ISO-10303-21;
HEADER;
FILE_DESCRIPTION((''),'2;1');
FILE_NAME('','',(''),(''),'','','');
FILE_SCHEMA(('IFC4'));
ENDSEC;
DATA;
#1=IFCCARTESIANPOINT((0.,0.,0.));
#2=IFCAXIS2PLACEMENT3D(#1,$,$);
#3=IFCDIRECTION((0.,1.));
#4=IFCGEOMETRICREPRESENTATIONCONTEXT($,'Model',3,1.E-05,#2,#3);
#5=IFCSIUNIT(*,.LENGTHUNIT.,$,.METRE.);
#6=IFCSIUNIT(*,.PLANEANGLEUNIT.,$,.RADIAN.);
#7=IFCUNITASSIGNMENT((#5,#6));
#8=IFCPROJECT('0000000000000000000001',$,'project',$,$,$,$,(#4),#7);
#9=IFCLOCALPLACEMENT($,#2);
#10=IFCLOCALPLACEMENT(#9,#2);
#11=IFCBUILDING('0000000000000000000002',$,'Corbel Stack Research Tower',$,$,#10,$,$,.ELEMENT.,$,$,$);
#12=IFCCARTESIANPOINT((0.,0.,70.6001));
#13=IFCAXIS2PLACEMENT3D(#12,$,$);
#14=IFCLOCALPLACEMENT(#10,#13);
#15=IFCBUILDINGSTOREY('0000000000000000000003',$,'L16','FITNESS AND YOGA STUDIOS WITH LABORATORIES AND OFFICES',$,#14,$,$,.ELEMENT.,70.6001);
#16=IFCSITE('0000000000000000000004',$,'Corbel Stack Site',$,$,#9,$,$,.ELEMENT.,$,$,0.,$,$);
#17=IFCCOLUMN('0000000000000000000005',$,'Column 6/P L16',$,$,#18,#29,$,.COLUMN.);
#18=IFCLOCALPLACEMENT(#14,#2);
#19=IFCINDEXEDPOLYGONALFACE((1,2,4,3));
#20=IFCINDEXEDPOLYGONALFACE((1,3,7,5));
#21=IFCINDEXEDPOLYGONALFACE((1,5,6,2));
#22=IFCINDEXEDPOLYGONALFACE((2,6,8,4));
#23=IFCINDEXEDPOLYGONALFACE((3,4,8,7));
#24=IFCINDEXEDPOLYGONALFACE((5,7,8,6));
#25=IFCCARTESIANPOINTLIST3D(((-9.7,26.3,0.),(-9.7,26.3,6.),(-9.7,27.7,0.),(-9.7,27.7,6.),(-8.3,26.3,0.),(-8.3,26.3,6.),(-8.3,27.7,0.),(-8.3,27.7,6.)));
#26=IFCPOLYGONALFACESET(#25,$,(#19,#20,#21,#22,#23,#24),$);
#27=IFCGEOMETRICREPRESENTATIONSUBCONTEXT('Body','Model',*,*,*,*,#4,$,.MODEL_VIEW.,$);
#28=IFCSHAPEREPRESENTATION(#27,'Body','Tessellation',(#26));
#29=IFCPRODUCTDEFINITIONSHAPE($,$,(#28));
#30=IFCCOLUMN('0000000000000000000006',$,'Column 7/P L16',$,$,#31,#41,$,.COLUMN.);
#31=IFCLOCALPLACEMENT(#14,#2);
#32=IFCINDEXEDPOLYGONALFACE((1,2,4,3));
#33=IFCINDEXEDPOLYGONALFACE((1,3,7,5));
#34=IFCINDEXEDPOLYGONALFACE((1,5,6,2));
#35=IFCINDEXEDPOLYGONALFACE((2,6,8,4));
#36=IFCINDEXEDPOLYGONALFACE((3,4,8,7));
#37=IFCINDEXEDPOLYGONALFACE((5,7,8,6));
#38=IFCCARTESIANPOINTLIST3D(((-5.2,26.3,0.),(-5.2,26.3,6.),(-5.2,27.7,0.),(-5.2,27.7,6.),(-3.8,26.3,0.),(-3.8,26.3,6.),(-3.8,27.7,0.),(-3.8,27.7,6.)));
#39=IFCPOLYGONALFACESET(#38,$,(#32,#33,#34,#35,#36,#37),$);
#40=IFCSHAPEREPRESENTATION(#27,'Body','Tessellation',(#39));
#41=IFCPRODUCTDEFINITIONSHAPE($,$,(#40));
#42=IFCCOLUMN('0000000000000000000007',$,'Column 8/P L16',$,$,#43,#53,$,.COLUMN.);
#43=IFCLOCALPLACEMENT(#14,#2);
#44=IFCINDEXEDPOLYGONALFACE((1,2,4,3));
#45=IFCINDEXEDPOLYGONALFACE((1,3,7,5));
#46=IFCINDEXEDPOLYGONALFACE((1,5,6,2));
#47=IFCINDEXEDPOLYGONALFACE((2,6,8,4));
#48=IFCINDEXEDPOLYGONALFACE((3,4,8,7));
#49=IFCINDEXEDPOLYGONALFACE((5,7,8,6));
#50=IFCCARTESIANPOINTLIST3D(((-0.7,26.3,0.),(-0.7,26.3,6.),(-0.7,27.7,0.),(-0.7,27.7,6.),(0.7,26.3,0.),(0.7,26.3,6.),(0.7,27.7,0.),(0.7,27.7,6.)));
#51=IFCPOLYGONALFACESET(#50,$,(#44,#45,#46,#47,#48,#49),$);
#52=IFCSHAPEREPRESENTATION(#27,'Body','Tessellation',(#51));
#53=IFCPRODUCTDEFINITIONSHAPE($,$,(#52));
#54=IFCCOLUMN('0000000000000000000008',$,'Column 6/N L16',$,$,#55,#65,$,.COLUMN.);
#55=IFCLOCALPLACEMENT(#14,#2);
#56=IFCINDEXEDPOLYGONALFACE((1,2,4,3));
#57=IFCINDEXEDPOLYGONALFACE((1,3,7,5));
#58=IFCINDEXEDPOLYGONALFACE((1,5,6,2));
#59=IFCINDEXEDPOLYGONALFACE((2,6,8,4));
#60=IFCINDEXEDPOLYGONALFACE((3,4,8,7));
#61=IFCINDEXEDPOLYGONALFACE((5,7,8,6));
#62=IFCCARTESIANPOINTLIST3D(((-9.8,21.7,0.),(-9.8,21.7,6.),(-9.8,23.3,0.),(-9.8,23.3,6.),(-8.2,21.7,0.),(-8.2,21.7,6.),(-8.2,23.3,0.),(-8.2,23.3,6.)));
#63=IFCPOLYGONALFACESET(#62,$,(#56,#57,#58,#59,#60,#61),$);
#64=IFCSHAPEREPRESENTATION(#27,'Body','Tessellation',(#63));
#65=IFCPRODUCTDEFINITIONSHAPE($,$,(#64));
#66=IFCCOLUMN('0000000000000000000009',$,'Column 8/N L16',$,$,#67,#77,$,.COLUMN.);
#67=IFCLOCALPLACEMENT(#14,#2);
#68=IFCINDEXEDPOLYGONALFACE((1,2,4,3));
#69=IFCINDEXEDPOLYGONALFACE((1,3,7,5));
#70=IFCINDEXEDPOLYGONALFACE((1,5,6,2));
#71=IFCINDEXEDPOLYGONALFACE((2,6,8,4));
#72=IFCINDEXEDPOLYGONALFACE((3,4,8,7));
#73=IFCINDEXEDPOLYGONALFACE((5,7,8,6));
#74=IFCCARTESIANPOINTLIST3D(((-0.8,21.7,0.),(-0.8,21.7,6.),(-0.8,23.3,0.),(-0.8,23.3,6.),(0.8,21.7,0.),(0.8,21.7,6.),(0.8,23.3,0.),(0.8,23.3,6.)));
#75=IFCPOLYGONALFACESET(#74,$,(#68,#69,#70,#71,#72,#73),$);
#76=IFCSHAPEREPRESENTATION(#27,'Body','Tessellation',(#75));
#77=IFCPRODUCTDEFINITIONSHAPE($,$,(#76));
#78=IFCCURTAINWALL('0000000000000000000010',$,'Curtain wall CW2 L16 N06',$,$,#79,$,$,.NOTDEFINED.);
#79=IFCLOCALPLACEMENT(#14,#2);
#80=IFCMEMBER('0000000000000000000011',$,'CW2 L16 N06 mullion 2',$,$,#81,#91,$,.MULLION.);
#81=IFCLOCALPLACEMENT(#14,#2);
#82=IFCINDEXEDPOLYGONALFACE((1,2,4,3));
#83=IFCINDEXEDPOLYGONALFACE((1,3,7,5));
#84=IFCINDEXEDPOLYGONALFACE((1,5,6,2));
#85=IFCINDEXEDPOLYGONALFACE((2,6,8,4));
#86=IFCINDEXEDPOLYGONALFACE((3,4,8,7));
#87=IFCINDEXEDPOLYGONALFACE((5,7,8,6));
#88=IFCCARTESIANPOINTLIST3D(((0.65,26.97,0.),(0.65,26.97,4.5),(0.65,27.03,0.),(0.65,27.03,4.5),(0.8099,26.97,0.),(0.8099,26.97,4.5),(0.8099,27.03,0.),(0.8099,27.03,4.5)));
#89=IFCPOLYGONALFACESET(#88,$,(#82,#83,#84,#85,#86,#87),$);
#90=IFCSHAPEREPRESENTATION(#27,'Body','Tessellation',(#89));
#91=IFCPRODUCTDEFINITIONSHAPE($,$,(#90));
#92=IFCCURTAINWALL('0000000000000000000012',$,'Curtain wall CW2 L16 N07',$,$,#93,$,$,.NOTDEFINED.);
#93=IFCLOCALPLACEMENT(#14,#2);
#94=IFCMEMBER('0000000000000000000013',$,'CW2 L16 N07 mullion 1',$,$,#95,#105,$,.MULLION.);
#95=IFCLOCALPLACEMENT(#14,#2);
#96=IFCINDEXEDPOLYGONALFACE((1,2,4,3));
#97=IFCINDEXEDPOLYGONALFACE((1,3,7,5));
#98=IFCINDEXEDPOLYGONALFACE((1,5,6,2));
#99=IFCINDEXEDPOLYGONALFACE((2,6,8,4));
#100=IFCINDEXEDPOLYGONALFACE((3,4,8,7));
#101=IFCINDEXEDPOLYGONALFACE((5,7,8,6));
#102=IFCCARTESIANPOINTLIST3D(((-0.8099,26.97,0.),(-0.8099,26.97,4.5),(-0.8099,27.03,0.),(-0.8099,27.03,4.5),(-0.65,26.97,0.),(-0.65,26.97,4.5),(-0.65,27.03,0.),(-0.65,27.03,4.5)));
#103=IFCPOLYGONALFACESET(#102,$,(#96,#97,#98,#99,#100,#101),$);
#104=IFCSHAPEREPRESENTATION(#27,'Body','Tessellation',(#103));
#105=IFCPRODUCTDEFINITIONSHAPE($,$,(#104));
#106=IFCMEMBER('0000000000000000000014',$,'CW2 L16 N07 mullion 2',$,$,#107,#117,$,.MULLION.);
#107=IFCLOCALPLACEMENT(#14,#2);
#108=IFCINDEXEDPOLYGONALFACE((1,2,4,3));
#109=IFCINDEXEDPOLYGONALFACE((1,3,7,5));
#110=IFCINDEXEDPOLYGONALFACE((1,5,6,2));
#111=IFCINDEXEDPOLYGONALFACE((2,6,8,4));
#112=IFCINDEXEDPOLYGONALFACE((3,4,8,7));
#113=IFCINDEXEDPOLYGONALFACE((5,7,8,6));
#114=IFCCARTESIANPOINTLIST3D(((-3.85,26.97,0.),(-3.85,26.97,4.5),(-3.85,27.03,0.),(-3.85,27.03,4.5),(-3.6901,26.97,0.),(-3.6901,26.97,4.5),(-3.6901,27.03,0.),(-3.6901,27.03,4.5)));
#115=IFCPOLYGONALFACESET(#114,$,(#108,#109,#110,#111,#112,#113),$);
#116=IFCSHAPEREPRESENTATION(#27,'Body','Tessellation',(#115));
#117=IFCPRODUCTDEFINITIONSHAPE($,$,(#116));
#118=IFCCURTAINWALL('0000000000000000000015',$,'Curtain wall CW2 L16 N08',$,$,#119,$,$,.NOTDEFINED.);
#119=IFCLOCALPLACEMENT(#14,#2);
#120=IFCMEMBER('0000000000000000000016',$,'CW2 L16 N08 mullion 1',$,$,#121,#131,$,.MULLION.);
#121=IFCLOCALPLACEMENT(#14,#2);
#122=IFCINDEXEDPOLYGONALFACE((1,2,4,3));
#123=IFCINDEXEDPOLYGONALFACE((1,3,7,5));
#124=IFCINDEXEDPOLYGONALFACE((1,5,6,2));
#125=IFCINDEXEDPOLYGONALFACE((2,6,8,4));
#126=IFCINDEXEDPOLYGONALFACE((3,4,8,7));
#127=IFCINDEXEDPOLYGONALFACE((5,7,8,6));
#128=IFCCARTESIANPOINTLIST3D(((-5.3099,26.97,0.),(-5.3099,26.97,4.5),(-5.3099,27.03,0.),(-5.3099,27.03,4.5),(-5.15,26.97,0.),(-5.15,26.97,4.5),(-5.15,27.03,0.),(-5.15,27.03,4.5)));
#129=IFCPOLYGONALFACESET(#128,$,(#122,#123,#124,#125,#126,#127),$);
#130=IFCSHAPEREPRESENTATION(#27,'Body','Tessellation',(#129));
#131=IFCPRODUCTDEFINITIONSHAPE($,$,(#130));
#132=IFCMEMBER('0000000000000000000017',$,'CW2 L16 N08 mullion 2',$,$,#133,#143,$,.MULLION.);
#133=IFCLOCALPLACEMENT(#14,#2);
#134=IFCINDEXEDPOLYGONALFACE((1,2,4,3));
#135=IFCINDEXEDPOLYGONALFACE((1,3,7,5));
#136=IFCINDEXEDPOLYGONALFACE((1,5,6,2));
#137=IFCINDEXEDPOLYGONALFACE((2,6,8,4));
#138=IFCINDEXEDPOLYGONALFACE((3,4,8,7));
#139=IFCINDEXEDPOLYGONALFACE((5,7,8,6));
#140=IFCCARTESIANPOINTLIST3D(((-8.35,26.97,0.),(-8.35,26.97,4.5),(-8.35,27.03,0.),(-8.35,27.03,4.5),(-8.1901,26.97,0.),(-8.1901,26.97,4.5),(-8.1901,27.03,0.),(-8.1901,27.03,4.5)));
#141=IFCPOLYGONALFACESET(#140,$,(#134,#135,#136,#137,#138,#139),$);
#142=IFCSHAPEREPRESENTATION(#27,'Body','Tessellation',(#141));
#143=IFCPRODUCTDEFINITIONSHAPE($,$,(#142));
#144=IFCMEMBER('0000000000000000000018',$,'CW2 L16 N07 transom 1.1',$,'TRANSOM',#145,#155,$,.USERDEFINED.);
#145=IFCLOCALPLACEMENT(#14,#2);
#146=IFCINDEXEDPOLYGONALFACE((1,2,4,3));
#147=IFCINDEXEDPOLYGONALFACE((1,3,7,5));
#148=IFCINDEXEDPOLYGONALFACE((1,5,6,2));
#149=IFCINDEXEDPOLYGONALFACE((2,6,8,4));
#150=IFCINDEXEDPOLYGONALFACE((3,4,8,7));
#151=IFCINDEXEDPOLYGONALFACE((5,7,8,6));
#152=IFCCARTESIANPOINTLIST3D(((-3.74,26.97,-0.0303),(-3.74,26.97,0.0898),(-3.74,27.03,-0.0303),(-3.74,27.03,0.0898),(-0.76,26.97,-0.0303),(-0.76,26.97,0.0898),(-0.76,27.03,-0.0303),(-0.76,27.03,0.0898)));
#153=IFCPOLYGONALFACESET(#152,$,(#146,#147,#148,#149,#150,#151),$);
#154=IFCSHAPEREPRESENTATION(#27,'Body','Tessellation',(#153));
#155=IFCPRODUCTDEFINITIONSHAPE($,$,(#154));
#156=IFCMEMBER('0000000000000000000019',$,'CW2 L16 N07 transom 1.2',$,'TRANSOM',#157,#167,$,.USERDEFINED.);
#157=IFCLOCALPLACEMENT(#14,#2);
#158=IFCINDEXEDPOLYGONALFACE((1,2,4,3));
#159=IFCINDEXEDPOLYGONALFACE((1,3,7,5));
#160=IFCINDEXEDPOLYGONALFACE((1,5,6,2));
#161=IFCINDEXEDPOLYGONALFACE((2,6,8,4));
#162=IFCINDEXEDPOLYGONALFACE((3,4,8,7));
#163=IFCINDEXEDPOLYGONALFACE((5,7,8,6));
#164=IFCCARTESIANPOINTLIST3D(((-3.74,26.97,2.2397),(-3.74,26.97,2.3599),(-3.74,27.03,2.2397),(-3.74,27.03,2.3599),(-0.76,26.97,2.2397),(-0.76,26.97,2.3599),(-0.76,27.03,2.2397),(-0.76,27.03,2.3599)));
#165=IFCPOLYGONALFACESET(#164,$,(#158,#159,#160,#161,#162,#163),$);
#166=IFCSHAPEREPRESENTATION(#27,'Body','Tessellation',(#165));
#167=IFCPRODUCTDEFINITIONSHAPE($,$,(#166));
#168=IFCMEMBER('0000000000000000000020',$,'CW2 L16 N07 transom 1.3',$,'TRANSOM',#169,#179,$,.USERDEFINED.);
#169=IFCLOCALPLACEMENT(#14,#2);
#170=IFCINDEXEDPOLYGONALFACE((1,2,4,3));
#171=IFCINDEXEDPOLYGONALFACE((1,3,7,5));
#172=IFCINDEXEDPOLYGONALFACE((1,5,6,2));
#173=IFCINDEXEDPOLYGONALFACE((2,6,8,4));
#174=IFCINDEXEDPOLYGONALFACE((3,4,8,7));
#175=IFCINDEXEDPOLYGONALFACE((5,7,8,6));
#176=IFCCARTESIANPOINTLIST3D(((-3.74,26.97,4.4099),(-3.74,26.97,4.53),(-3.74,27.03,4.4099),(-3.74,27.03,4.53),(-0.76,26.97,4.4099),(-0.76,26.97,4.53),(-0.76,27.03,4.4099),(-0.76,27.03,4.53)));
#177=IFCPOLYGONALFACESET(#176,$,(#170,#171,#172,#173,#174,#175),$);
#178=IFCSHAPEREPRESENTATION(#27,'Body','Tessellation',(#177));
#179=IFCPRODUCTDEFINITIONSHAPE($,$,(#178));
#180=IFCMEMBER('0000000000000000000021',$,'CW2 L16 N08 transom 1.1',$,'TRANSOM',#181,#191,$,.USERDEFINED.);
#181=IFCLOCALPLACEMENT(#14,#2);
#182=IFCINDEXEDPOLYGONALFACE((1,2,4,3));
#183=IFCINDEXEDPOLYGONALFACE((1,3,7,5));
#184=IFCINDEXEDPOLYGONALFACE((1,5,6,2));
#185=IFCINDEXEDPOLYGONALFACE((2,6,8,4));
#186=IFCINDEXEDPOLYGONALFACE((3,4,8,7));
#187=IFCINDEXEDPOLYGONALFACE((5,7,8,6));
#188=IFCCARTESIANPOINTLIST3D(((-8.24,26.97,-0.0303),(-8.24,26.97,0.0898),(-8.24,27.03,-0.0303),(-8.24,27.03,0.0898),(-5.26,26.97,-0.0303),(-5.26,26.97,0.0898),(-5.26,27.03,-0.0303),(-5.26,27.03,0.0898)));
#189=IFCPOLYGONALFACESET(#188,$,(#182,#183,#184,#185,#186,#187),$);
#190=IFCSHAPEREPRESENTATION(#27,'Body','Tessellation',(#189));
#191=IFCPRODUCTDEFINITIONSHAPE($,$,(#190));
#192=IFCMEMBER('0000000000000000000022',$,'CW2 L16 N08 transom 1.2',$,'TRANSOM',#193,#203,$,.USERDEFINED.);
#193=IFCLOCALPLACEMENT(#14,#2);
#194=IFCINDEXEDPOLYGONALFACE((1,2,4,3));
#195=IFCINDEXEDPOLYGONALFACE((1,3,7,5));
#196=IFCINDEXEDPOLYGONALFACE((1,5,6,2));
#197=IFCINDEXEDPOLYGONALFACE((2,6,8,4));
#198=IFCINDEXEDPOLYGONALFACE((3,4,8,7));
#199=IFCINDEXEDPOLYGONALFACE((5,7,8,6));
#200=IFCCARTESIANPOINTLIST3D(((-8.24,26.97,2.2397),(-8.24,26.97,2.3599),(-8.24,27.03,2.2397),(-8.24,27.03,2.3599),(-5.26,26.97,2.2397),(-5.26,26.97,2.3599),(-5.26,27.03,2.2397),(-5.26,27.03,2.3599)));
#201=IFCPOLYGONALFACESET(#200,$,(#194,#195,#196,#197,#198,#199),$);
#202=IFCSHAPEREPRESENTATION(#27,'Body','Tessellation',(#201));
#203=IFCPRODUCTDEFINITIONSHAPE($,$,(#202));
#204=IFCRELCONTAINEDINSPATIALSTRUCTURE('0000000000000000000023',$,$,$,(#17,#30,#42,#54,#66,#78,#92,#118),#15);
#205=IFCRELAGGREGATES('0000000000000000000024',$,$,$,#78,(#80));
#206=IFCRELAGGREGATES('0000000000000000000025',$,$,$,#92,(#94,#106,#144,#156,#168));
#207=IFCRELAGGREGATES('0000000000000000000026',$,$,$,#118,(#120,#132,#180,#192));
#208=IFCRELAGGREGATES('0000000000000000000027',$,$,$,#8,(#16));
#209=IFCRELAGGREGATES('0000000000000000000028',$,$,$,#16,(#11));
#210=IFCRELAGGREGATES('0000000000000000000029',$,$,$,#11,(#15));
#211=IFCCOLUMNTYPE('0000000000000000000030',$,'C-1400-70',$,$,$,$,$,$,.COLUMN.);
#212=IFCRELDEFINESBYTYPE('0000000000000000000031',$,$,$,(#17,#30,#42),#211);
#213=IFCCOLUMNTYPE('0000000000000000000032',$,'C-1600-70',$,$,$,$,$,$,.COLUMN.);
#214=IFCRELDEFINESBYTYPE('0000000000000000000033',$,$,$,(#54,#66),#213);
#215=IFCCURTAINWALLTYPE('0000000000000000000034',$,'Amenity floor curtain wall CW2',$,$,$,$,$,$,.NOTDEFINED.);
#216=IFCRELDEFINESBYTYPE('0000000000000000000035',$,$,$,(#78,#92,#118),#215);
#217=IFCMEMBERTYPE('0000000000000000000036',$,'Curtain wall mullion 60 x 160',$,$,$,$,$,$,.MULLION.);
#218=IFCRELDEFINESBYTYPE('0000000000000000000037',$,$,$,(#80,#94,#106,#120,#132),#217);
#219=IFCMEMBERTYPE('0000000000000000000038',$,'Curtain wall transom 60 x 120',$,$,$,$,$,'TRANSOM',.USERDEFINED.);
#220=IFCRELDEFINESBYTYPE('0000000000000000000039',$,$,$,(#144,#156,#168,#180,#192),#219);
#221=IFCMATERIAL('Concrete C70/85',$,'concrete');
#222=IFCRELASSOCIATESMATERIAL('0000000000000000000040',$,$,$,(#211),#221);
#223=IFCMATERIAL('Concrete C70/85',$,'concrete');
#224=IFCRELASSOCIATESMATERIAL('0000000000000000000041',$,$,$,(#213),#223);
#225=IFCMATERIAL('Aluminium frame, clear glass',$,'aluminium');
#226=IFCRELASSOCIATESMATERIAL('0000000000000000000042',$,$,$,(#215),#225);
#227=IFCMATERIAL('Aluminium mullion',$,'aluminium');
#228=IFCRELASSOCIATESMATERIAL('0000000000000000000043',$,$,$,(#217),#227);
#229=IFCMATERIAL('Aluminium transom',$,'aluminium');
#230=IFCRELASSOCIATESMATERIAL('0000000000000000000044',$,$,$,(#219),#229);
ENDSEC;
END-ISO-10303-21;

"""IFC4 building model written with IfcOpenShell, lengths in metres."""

from ifc_helpers import new_model, si_unit, direction, frame, origin, origin_2d, place, context, subcontext, project, spatial, rectangle, extrude, material, material_profile, profile_set, type_object, element, aggregate, save


model = new_model("IFC4")

# Units and contexts
model_context = context("Model", 3, precision=1e-05, world=origin(), true_north=direction((0.0, 1.0)))
body_context = subcontext(model_context, "Body", "Model", "MODEL_VIEW")
ifc_project = project(units=[si_unit("LENGTHUNIT", "METRE"), si_unit("PLANEANGLEUNIT", "RADIAN")], contexts=[model_context])

# Site, building, storey
site_placement = place(None, origin())
site = spatial("IfcSite", under=ifc_project, at=site_placement, Name="Corbel Stack Site", CompositionType="ELEMENT", RefElevation=0.0)
building_placement = place(site_placement, origin())
building = spatial("IfcBuilding", under=site, at=building_placement, Name="Corbel Stack Research Tower", CompositionType="ELEMENT")
storey_placement = place(building_placement, frame((0.0, 0.0, 70.6001)))
storey = spatial("IfcBuildingStorey", under=building, at=storey_placement, Name="L16", Description="FITNESS AND YOGA STUDIOS WITH LABORATORIES AND OFFICES", CompositionType="ELEMENT", Elevation=70.6001)

# Columns
ifc_material_1 = material(Name="Concrete C70/85", Category="concrete")
ifc_material_profile_1 = material_profile(ifc_material_1, rectangle(XDim=1.3999, YDim=1.3999, at=origin_2d()), Name="RC 1400 x 1400")
ifc_profile_set_1 = profile_set([ifc_material_profile_1], Name="Concrete C70/85")
column_type_1 = type_object("IfcColumnType", Name="C-1400-70", PredefinedType="COLUMN", material=ifc_profile_set_1)
for number, where, z_axis, x_axis, name in (
    (1, (-9.0, 27.0, 0.0), (0.0, 0.0, 1.0), (1.0, 0.0, 0.0), "Column 6/P L16"),
    (2, (-4.5, 27.0, 0.0), (0.0, 0.0, 1.0), (1.0, 0.0, 0.0), "Column 7/P L16"),
    (3, (0.0, 27.0, 0.0), (0.0, 0.0, 1.0), (1.0, 0.0, 0.0), "Column 8/P L16"),
):
    element("IfcColumn", number, at=place(storey_placement, frame(where, z_axis=z_axis, x_axis=x_axis)), inside=storey, type_object=column_type_1, Name=name, PredefinedType="COLUMN", context=body_context, shape_type="SweptSolid", body=[
        extrude(rectangle(XDim=1.3999, YDim=1.3999, at=origin_2d()), origin(), (0.0, 0.0, 1.0), 6.0),
    ])
ifc_material_2 = material(Name="Concrete C70/85", Category="concrete")
ifc_material_profile_2 = material_profile(ifc_material_2, rectangle(XDim=1.6001, YDim=1.6001, at=origin_2d()), Name="RC 1600 x 1600")
ifc_profile_set_2 = profile_set([ifc_material_profile_2], Name="Concrete C70/85")
column_type_2 = type_object("IfcColumnType", Name="C-1600-70", PredefinedType="COLUMN", material=ifc_profile_set_2)
for number, where, z_axis, x_axis, name in (
    (4, (-9.0, 22.5, 0.0), (0.0, 0.0, 1.0), (1.0, 0.0, 0.0), "Column 6/N L16"),
    (5, (0.0, 22.5, 0.0), (0.0, 0.0, 1.0), (1.0, 0.0, 0.0), "Column 8/N L16"),
):
    element("IfcColumn", number, at=place(storey_placement, frame(where, z_axis=z_axis, x_axis=x_axis)), inside=storey, type_object=column_type_2, Name=name, PredefinedType="COLUMN", context=body_context, shape_type="SweptSolid", body=[
        extrude(rectangle(XDim=1.6001, YDim=1.6001, at=origin_2d()), origin(), (0.0, 0.0, 1.0), 6.0),
    ])

# Curtain wall, member
ifc_material_3 = material(Name="Aluminium frame, clear glass", Category="aluminium")
curtain_wall_type = type_object("IfcCurtainWallType", Name="Amenity floor curtain wall CW2", PredefinedType="NOTDEFINED", material=ifc_material_3)
curtain_wall_1_placement = place(storey_placement, origin())
curtain_wall_1 = element("IfcCurtainWall", 6, at=curtain_wall_1_placement, inside=storey, type_object=curtain_wall_type, Name="Curtain wall CW2 L16 N06", PredefinedType="NOTDEFINED")
ifc_material_4 = material(Name="Aluminium mullion", Category="aluminium")
ifc_material_profile_3 = material_profile(ifc_material_4, rectangle(XDim=0.0601, YDim=0.1599, at=origin_2d()), Name="Mullion 60 x 160")
ifc_profile_set_3 = profile_set([ifc_material_profile_3], Name="Aluminium mullion")
member_type_1 = type_object("IfcMemberType", Name="Curtain wall mullion 60 x 160", PredefinedType="MULLION", material=ifc_profile_set_3)
member_1_placement = place(storey_placement, frame((0.73, 27.0, 0.0), z_axis=(0.0, 0.0, 1.0), x_axis=(0.0, -1.0, 0.0)))
member_1 = element("IfcMember", 7, at=member_1_placement, type_object=member_type_1, Name="CW2 L16 N06 mullion 2", PredefinedType="MULLION", context=body_context, shape_type="SweptSolid", body=[
    extrude(rectangle(XDim=0.0601, YDim=0.1599, at=origin_2d()), origin(), (0.0, 0.0, 1.0), 4.5),
])
aggregate(curtain_wall_1, [member_1])

# Curtain walls, members
curtain_wall_2_placement = place(storey_placement, origin())
curtain_wall_2 = element("IfcCurtainWall", 8, at=curtain_wall_2_placement, inside=storey, type_object=curtain_wall_type, Name="Curtain wall CW2 L16 N07", PredefinedType="NOTDEFINED")
member_2_placement = place(storey_placement, frame((-0.73, 27.0, 0.0), z_axis=(0.0, 0.0, 1.0), x_axis=(0.0, -1.0, 0.0)))
member_2 = element("IfcMember", 9, at=member_2_placement, type_object=member_type_1, Name="CW2 L16 N07 mullion 1", PredefinedType="MULLION", context=body_context, shape_type="SweptSolid", body=[
    extrude(rectangle(XDim=0.0601, YDim=0.1599, at=origin_2d()), origin(), (0.0, 0.0, 1.0), 4.5),
])
member_3_placement = place(storey_placement, frame((-3.77, 27.0, 0.0), z_axis=(0.0, 0.0, 1.0), x_axis=(0.0, -1.0, 0.0)))
member_3 = element("IfcMember", 10, at=member_3_placement, type_object=member_type_1, Name="CW2 L16 N07 mullion 2", PredefinedType="MULLION", context=body_context, shape_type="SweptSolid", body=[
    extrude(rectangle(XDim=0.0601, YDim=0.1599, at=origin_2d()), origin(), (0.0, 0.0, 1.0), 4.5),
])
curtain_wall_3_placement = place(storey_placement, origin())
curtain_wall_3 = element("IfcCurtainWall", 11, at=curtain_wall_3_placement, inside=storey, type_object=curtain_wall_type, Name="Curtain wall CW2 L16 N08", PredefinedType="NOTDEFINED")
member_4_placement = place(storey_placement, frame((-5.23, 27.0, 0.0), z_axis=(0.0, 0.0, 1.0), x_axis=(0.0, -1.0, 0.0)))
member_4 = element("IfcMember", 12, at=member_4_placement, type_object=member_type_1, Name="CW2 L16 N08 mullion 1", PredefinedType="MULLION", context=body_context, shape_type="SweptSolid", body=[
    extrude(rectangle(XDim=0.0601, YDim=0.1599, at=origin_2d()), origin(), (0.0, 0.0, 1.0), 4.5),
])
member_5_placement = place(storey_placement, frame((-8.27, 27.0, 0.0), z_axis=(0.0, 0.0, 1.0), x_axis=(0.0, -1.0, 0.0)))
member_5 = element("IfcMember", 13, at=member_5_placement, type_object=member_type_1, Name="CW2 L16 N08 mullion 2", PredefinedType="MULLION", context=body_context, shape_type="SweptSolid", body=[
    extrude(rectangle(XDim=0.0601, YDim=0.1599, at=origin_2d()), origin(), (0.0, 0.0, 1.0), 4.5),
])

# Members
ifc_material_5 = material(Name="Aluminium transom", Category="aluminium")
ifc_material_profile_4 = material_profile(ifc_material_5, rectangle(XDim=0.0601, YDim=0.1201, at=origin_2d()), Name="Transom 60 x 120")
ifc_profile_set_4 = profile_set([ifc_material_profile_4], Name="Aluminium transom")
member_type_2 = type_object("IfcMemberType", Name="Curtain wall transom 60 x 120", ElementType="TRANSOM", PredefinedType="USERDEFINED", material=ifc_profile_set_4)
member_6_placement = place(storey_placement, frame((-0.76, 27.0, 0.0298), z_axis=(-1.0, 0.0, 0.0), x_axis=(0.0, -1.0, 0.0)))
member_6 = element("IfcMember", 14, at=member_6_placement, type_object=member_type_2, Name="CW2 L16 N07 transom 1.1", ObjectType="TRANSOM", PredefinedType="USERDEFINED", context=body_context, shape_type="SweptSolid", body=[
    extrude(rectangle(XDim=0.0601, YDim=0.1201, at=origin_2d()), origin(), (0.0, 0.0, 1.0), 2.98),
])
member_7_placement = place(storey_placement, frame((-0.76, 27.0, 2.2998), z_axis=(-1.0, 0.0, 0.0), x_axis=(0.0, -1.0, 0.0)))
member_7 = element("IfcMember", 15, at=member_7_placement, type_object=member_type_2, Name="CW2 L16 N07 transom 1.2", ObjectType="TRANSOM", PredefinedType="USERDEFINED", context=body_context, shape_type="SweptSolid", body=[
    extrude(rectangle(XDim=0.0601, YDim=0.1201, at=origin_2d()), origin(), (0.0, 0.0, 1.0), 2.98),
])
member_8_placement = place(storey_placement, frame((-0.76, 27.0, 4.47), z_axis=(-1.0, 0.0, 0.0), x_axis=(0.0, -1.0, 0.0)))
member_8 = element("IfcMember", 16, at=member_8_placement, type_object=member_type_2, Name="CW2 L16 N07 transom 1.3", ObjectType="TRANSOM", PredefinedType="USERDEFINED", context=body_context, shape_type="SweptSolid", body=[
    extrude(rectangle(XDim=0.0601, YDim=0.1201, at=origin_2d()), origin(), (0.0, 0.0, 1.0), 2.98),
])
member_9_placement = place(storey_placement, frame((-5.26, 27.0, 0.0298), z_axis=(-1.0, 0.0, 0.0), x_axis=(0.0, -1.0, 0.0)))
member_9 = element("IfcMember", 17, at=member_9_placement, type_object=member_type_2, Name="CW2 L16 N08 transom 1.1", ObjectType="TRANSOM", PredefinedType="USERDEFINED", context=body_context, shape_type="SweptSolid", body=[
    extrude(rectangle(XDim=0.0601, YDim=0.1201, at=origin_2d()), origin(), (0.0, 0.0, 1.0), 2.98),
])
member_10_placement = place(storey_placement, frame((-5.26, 27.0, 2.2998), z_axis=(-1.0, 0.0, 0.0), x_axis=(0.0, -1.0, 0.0)))
member_10 = element("IfcMember", 18, at=member_10_placement, type_object=member_type_2, Name="CW2 L16 N08 transom 1.2", ObjectType="TRANSOM", PredefinedType="USERDEFINED", context=body_context, shape_type="SweptSolid", body=[
    extrude(rectangle(XDim=0.0601, YDim=0.1201, at=origin_2d()), origin(), (0.0, 0.0, 1.0), 2.98),
])

aggregate(curtain_wall_2, [member_2, member_3, member_6, member_7, member_8])
aggregate(curtain_wall_3, [member_4, member_5, member_9, member_10])

save(model, "model.ifc")
